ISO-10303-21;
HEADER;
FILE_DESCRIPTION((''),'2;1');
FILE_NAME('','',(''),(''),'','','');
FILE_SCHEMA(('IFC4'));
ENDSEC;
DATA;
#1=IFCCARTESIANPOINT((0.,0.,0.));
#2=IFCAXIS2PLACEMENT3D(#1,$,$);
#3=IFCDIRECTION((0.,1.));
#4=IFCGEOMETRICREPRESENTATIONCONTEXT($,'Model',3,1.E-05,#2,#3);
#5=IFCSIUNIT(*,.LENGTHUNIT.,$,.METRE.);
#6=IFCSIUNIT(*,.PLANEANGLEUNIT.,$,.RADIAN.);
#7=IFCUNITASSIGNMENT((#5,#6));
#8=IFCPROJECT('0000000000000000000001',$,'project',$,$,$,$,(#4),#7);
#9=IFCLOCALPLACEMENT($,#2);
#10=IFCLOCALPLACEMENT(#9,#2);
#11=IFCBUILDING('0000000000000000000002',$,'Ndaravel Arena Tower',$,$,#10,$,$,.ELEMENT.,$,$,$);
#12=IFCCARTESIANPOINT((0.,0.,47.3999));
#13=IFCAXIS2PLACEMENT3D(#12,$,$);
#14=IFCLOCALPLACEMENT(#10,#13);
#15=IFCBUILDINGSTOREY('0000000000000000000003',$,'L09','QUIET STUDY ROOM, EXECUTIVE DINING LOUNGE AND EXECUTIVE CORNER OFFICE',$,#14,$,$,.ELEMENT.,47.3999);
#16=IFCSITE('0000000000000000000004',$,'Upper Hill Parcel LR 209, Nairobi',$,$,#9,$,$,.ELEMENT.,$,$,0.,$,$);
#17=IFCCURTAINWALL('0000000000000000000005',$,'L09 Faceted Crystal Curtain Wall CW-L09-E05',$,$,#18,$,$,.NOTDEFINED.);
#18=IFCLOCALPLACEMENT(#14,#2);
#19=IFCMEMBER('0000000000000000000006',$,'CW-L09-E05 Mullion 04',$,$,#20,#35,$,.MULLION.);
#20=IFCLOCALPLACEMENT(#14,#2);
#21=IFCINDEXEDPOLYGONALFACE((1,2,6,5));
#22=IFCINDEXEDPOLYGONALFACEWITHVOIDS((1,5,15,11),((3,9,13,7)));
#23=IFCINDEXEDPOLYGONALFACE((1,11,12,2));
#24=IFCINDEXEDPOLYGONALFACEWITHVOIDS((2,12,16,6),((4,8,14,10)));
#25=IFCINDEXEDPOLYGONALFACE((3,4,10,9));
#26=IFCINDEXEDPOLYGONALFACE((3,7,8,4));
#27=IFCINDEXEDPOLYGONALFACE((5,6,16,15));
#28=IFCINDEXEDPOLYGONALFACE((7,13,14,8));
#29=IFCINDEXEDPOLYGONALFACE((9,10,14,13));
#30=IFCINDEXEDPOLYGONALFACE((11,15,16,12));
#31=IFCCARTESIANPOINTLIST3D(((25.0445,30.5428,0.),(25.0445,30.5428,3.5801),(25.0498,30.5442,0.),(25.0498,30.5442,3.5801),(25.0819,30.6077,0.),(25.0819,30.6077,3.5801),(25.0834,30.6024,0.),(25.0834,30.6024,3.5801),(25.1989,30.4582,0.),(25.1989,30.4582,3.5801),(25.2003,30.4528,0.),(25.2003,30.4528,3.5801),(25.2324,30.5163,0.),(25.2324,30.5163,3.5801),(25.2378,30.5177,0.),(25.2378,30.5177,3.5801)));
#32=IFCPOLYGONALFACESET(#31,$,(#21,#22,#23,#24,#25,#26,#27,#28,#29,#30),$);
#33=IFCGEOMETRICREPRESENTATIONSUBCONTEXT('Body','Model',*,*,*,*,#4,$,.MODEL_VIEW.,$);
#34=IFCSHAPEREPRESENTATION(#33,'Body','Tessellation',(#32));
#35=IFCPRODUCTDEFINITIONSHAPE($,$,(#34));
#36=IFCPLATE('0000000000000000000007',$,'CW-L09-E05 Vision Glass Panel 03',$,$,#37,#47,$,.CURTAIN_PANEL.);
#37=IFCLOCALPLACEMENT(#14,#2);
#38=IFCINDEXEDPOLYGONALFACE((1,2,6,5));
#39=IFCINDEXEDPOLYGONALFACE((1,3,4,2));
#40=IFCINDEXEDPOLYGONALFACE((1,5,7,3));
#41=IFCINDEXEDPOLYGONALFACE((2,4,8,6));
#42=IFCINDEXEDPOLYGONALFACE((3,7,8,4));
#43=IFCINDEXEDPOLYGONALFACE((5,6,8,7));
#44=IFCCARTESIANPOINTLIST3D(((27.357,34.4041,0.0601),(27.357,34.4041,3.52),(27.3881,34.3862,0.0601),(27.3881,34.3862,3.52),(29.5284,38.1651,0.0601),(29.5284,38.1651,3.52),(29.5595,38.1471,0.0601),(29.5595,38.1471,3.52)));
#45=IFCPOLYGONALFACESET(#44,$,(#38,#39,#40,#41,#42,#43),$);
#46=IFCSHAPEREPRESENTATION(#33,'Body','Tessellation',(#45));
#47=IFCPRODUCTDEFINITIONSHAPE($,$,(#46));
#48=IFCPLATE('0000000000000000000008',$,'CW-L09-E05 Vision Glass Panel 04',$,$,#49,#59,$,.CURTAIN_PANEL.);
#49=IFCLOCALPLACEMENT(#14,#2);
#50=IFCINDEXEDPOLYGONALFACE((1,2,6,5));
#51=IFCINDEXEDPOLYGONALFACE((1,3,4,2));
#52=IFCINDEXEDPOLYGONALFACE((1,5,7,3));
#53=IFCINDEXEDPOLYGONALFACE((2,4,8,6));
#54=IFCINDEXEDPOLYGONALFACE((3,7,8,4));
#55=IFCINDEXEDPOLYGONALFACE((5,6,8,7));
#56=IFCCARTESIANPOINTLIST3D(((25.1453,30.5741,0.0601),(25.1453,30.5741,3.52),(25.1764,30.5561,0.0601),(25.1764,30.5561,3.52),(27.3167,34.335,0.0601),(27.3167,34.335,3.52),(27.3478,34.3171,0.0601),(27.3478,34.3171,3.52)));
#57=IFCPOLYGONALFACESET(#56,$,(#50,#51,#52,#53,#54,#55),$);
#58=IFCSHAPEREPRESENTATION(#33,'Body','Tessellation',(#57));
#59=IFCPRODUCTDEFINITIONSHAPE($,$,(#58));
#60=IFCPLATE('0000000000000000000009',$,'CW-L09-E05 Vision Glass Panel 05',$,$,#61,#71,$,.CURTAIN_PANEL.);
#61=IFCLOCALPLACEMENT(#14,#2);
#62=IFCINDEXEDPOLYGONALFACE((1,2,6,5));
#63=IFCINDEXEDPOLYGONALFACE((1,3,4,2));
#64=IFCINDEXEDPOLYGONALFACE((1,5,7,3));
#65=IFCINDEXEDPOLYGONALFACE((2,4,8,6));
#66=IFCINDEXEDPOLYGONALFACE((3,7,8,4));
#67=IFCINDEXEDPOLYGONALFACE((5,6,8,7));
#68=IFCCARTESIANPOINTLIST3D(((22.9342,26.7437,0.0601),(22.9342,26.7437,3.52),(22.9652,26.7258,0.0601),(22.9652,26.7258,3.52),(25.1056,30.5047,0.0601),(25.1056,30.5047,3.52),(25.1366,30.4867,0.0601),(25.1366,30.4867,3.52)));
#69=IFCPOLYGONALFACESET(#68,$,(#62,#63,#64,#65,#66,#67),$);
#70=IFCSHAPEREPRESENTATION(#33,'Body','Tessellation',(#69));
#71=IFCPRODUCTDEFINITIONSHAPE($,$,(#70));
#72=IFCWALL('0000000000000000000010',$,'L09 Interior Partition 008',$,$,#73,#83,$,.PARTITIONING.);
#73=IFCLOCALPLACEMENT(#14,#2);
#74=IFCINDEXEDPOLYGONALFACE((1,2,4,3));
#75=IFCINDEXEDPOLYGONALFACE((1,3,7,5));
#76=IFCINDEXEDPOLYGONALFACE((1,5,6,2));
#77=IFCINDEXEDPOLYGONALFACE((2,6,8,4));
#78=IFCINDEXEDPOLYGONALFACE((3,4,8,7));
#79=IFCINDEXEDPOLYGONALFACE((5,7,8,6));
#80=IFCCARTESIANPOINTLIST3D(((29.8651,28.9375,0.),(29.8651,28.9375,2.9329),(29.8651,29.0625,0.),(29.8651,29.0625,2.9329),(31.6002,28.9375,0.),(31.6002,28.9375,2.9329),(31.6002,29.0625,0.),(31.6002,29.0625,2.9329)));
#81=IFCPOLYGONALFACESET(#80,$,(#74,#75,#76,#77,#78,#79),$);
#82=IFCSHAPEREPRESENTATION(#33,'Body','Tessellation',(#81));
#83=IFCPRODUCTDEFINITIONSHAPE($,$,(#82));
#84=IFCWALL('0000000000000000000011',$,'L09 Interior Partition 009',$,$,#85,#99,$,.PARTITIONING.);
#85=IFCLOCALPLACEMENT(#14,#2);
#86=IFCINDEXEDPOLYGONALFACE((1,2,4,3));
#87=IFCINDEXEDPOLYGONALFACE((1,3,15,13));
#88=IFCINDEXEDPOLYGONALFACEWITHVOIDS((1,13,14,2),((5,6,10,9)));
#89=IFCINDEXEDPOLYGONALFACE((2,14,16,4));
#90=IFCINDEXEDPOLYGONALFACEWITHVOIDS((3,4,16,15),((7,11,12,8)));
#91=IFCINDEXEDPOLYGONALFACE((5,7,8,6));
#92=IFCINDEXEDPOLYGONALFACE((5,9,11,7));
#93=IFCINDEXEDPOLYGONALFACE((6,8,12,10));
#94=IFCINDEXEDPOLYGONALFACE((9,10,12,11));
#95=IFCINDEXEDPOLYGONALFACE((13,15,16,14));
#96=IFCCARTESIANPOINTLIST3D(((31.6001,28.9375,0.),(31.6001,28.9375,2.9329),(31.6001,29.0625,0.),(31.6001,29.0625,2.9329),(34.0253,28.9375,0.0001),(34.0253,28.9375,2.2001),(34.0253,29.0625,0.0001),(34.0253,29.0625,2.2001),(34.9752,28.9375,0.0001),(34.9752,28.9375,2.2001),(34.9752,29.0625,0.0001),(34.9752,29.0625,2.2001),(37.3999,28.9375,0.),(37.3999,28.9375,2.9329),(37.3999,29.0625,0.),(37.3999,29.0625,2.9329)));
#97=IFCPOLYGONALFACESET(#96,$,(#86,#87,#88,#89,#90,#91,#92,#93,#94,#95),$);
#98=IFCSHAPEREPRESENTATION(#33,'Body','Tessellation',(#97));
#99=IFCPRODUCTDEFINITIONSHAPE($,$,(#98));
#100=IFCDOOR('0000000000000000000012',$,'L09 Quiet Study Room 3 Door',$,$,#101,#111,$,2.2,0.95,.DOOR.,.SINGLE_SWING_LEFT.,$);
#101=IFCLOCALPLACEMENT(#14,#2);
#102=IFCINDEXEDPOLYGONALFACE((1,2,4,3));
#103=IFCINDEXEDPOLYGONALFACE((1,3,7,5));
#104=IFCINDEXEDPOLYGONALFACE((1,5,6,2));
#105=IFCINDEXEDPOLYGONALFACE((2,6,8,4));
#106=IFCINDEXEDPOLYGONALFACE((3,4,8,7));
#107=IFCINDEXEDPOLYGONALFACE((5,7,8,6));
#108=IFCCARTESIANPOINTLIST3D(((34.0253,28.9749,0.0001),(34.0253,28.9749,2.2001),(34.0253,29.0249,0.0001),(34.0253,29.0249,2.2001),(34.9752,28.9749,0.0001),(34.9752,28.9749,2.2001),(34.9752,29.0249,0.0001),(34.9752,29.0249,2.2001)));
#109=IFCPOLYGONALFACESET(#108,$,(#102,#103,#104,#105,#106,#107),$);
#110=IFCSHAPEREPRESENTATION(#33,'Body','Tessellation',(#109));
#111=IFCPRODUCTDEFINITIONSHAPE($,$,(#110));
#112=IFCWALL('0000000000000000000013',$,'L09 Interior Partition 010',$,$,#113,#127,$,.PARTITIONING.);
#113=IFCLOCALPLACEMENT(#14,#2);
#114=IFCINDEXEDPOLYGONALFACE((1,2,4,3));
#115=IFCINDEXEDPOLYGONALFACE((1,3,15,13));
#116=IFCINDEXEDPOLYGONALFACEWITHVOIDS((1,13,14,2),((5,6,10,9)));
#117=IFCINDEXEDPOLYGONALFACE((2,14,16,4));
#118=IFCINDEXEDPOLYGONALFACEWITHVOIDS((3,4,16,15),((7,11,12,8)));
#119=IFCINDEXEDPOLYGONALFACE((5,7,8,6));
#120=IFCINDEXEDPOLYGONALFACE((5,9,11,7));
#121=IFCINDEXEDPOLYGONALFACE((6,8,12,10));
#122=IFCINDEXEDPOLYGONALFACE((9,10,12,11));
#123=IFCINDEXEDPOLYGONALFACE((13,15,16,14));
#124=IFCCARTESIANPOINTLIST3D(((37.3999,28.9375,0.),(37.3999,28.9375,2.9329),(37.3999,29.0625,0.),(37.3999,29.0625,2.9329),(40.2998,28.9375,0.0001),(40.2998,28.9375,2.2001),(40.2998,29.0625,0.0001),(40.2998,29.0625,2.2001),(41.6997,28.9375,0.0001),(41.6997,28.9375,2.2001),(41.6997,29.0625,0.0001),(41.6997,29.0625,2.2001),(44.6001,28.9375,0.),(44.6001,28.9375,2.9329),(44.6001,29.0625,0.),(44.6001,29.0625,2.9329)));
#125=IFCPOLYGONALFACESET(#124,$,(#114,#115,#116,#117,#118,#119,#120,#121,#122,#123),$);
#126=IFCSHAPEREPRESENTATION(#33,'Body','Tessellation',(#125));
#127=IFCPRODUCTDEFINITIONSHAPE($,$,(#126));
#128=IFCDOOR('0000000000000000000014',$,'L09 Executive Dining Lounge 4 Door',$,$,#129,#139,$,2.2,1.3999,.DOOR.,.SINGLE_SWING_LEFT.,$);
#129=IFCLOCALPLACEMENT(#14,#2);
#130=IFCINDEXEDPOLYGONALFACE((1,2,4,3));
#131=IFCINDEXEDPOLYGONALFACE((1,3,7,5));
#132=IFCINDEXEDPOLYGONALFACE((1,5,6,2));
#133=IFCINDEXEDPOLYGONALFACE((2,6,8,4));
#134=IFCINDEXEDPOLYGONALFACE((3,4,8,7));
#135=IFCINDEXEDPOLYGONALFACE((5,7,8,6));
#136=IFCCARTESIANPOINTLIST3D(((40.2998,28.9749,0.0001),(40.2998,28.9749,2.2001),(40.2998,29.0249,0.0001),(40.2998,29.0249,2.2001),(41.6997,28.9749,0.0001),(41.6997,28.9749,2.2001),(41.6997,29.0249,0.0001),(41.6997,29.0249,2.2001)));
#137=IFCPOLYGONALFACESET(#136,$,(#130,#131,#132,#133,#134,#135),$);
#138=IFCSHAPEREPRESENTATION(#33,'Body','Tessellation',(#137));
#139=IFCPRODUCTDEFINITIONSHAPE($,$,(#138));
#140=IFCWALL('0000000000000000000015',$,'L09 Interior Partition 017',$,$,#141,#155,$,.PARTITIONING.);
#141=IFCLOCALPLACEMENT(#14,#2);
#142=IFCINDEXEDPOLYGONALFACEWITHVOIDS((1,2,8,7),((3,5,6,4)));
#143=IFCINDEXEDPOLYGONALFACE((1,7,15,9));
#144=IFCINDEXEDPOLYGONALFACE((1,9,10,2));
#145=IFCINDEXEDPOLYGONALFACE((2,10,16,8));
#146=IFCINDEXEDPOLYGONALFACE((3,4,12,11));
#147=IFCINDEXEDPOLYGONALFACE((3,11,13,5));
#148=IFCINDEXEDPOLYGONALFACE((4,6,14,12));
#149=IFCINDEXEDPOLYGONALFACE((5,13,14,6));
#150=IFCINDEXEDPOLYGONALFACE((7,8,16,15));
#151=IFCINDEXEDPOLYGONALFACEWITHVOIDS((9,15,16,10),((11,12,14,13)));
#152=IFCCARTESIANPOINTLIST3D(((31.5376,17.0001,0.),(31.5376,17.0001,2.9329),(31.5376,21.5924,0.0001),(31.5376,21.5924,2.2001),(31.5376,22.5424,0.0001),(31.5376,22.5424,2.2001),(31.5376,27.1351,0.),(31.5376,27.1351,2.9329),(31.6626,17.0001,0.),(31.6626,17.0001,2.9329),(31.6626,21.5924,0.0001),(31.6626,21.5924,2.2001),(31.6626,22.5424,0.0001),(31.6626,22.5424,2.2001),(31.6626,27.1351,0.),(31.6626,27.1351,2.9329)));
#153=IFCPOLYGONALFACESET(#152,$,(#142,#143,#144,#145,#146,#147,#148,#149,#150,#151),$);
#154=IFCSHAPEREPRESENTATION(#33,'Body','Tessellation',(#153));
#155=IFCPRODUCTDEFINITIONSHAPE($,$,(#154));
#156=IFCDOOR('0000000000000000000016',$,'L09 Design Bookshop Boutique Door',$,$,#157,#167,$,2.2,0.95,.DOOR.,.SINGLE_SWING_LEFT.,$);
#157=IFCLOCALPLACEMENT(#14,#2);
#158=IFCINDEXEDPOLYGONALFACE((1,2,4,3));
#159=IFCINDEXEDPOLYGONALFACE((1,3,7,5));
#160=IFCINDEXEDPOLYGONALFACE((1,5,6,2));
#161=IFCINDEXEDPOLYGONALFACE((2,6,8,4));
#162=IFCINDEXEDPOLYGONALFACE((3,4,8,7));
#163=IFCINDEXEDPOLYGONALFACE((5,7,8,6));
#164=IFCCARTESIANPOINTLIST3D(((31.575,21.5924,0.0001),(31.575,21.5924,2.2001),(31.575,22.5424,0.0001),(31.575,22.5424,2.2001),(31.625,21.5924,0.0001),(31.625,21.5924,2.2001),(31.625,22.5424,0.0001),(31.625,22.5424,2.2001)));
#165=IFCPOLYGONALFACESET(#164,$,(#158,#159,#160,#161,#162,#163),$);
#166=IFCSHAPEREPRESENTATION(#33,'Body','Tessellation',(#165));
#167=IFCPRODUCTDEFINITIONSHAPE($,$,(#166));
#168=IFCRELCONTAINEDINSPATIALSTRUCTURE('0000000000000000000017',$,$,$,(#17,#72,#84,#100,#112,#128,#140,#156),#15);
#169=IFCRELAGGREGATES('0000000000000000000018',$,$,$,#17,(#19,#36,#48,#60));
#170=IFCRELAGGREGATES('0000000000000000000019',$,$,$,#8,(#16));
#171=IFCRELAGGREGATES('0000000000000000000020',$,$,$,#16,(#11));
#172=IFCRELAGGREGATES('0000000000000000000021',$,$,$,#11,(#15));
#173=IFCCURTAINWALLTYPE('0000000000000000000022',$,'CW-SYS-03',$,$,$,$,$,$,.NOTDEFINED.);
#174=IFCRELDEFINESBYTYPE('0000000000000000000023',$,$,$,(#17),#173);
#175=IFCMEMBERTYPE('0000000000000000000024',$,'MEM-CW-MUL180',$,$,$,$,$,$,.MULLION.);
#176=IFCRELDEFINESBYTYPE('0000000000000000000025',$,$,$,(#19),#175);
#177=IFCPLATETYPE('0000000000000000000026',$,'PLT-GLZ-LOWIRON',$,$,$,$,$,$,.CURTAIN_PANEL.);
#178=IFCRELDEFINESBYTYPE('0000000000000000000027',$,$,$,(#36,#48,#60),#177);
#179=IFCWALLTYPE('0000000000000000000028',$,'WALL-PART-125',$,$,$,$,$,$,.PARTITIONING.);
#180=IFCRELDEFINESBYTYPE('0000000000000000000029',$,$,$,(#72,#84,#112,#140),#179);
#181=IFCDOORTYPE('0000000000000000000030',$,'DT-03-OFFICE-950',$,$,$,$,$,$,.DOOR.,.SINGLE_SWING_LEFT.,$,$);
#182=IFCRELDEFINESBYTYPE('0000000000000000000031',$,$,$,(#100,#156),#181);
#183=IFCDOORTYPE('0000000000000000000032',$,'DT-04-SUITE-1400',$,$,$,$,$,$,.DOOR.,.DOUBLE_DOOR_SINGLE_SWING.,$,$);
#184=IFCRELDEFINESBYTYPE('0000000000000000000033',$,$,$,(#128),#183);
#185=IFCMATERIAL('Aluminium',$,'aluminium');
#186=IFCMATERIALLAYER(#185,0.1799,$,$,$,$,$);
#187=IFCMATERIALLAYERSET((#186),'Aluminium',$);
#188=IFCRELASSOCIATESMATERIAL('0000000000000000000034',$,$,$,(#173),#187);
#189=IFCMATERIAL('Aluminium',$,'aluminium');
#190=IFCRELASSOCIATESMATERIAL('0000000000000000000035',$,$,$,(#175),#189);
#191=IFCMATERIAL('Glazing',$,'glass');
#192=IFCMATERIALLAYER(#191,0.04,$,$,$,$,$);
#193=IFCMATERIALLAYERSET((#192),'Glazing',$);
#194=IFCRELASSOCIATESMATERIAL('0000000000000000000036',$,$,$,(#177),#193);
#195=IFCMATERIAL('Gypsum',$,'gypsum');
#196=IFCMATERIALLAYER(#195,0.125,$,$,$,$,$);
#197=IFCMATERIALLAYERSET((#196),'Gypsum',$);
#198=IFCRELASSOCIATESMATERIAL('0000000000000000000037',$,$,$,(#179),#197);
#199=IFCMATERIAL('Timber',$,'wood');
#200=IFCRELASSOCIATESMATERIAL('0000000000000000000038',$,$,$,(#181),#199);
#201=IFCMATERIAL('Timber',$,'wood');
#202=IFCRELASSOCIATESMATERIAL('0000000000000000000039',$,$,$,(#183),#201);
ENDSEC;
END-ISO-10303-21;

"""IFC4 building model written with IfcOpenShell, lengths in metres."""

from ifc_helpers import new_model, si_unit, direction, frame, frame_2d, origin, origin_2d, place, context, subcontext, project, spatial, rectangle, hollow_rectangle, extrude, material, layer, layer_set, material_profile, profile_set, type_object, element, fill, aggregate, save


model = new_model("IFC4")

# Units and contexts
model_context = context("Model", 3, precision=1e-05, world=origin(), true_north=direction((0.0, 1.0)))
body_context = subcontext(model_context, "Body", "Model", "MODEL_VIEW")
ifc_project = project(units=[si_unit("LENGTHUNIT", "METRE"), si_unit("PLANEANGLEUNIT", "RADIAN")], contexts=[model_context])

# Site, building, storey
site_placement = place(None, origin())
site = spatial("IfcSite", under=ifc_project, at=site_placement, Name="Upper Hill Parcel LR 209, Nairobi", CompositionType="ELEMENT", RefElevation=0.0)
building_placement = place(site_placement, origin())
building = spatial("IfcBuilding", under=site, at=building_placement, Name="Ndaravel Arena Tower", CompositionType="ELEMENT")
storey_placement = place(building_placement, frame((0.0, 0.0, 47.3999)))
storey = spatial("IfcBuildingStorey", under=building, at=storey_placement, Name="L09", Description="QUIET STUDY ROOM, EXECUTIVE DINING LOUNGE AND EXECUTIVE CORNER OFFICE", CompositionType="ELEMENT", Elevation=47.3999)

# Curtain wall, member, plates
ifc_material_1 = material(Name="Aluminium", Category="aluminium")
ifc_layer_1 = layer(ifc_material_1, 0.1799)
ifc_layer_set_1 = layer_set([ifc_layer_1], Name="Aluminium")
curtain_wall_type = type_object("IfcCurtainWallType", Name="CW-SYS-03", PredefinedType="NOTDEFINED", material=ifc_layer_set_1)
curtain_wall_placement = place(storey_placement, origin())
curtain_wall = element("IfcCurtainWall", 1, at=curtain_wall_placement, inside=storey, type_object=curtain_wall_type, Name="L09 Faceted Crystal Curtain Wall CW-L09-E05", PredefinedType="NOTDEFINED")
ifc_material_2 = material(Name="Aluminium", Category="aluminium")
ifc_material_profile_1 = material_profile(ifc_material_2, hollow_rectangle(XDim=0.075, YDim=0.1799, WallThickness=0.0039, at=origin_2d()), Name="CW MULLION 75x180x4")
ifc_profile_set_1 = profile_set([ifc_material_profile_1], Name="Aluminium")
member_type = type_object("IfcMemberType", Name="MEM-CW-MUL180", PredefinedType="MULLION", material=ifc_profile_set_1)
member_1_placement = place(storey_placement, frame((25.1411, 30.5303, 0.0), z_axis=(0.0, 0.0, 1.0), x_axis=(-0.5, -0.866025, 0.0)))
member_1 = element("IfcMember", 2, at=member_1_placement, type_object=member_type, Name="CW-L09-E05 Mullion 04", PredefinedType="MULLION", context=body_context, shape_type="SweptSolid", body=[
    extrude(hollow_rectangle(XDim=0.075, YDim=0.1799, WallThickness=0.0039, at=origin_2d()), origin(), (0.0, 0.0, 1.0), 3.5801),
])
ifc_material_3 = material(Name="Glazing", Category="glass")
ifc_layer_2 = layer(ifc_material_3, 0.04)
ifc_layer_set_2 = layer_set([ifc_layer_2], Name="Glazing")
plate_type = type_object("IfcPlateType", Name="PLT-GLZ-LOWIRON", PredefinedType="CURTAIN_PANEL", material=ifc_layer_set_2)
plate_1_placement = place(storey_placement, frame((28.4583, 36.2756, 0.0601), z_axis=(0.0, 0.0, 1.0), x_axis=(-0.5, -0.866025, 0.0)))
plate_1 = element("IfcPlate", 3, at=plate_1_placement, type_object=plate_type, Name="CW-L09-E05 Vision Glass Panel 03", PredefinedType="CURTAIN_PANEL", context=body_context, shape_type="SweptSolid", body=[
    extrude(rectangle(XDim=4.3428, YDim=0.0359, at=origin_2d()), origin(), (0.0, 0.0, 1.0), 3.46),
])
plate_2_placement = place(storey_placement, frame((26.2466, 32.4456, 0.0601), z_axis=(0.0, 0.0, 1.0), x_axis=(-0.5, -0.866025, 0.0)))
plate_2 = element("IfcPlate", 4, at=plate_2_placement, type_object=plate_type, Name="CW-L09-E05 Vision Glass Panel 04", PredefinedType="CURTAIN_PANEL", context=body_context, shape_type="SweptSolid", body=[
    extrude(rectangle(XDim=4.3428, YDim=0.0359, at=origin_2d()), origin(), (0.0, 0.0, 1.0), 3.46),
])
plate_3_placement = place(storey_placement, frame((24.0354, 28.6152, 0.0601), z_axis=(0.0, 0.0, 1.0), x_axis=(-0.5, -0.866025, 0.0)))
plate_3 = element("IfcPlate", 5, at=plate_3_placement, type_object=plate_type, Name="CW-L09-E05 Vision Glass Panel 05", PredefinedType="CURTAIN_PANEL", context=body_context, shape_type="SweptSolid", body=[
    extrude(rectangle(XDim=4.3428, YDim=0.0359, at=origin_2d()), origin(), (0.0, 0.0, 1.0), 3.46),
])
aggregate(curtain_wall, [member_1, plate_1, plate_2, plate_3])

# Wall
ifc_material_4 = material(Name="Gypsum", Category="gypsum")
ifc_layer_3 = layer(ifc_material_4, 0.125)
ifc_layer_set_3 = layer_set([ifc_layer_3], Name="Gypsum")
wall_type_1 = type_object("IfcWallType", Name="WALL-PART-125", PredefinedType="PARTITIONING", material=ifc_layer_set_3)
wall_1_placement = place(storey_placement, frame((29.865, 29.0, 0.0), z_axis=(0.0, 0.0, 1.0), x_axis=(1.0, 0.0, 0.0)))
element("IfcWall", 6, at=wall_1_placement, inside=storey, type_object=wall_type_1, Name="L09 Interior Partition 008", PredefinedType="PARTITIONING", context=body_context, shape_type="SweptSolid", body=[
    extrude(rectangle(XDim=1.7351, YDim=0.125, at=frame_2d((0.8677, 0.0))), origin(), (0.0, 0.0, 1.0), 2.9329),
])

# Walls, openings, doors
wall_2_placement = place(storey_placement, frame((31.6001, 29.0, 0.0), z_axis=(0.0, 0.0, 1.0), x_axis=(1.0, 0.0, 0.0)))
wall_2 = element("IfcWall", 7, at=wall_2_placement, inside=storey, type_object=wall_type_1, Name="L09 Interior Partition 009", PredefinedType="PARTITIONING", context=body_context, shape_type="SweptSolid", body=[
    extrude(rectangle(XDim=5.7998, YDim=0.125, at=frame_2d((2.8999, 0.0))), origin(), (0.0, 0.0, 1.0), 2.9329),
])
opening_1_placement = place(wall_2_placement, frame((2.425, 0.0, 0.0)))
opening_1 = element("IfcOpeningElement", 8, at=opening_1_placement, cuts=wall_2, PredefinedType="OPENING", context=body_context, shape_type="SweptSolid", body=[
    extrude(rectangle(XDim=0.95, YDim=2.2, at=frame_2d((0.4751, 1.1001))), frame((0.0, 0.0625, 0.0), z_axis=(0.0, -1.0, 0.0), x_axis=(1.0, 0.0, 0.0)), (0.0, 0.0, 1.0), 0.125),
])
ifc_material_5 = material(Name="Timber", Category="wood")
door_type_1 = type_object("IfcDoorType", Name="DT-03-OFFICE-950", OperationType="SINGLE_SWING_LEFT", PredefinedType="DOOR", material=ifc_material_5)
door_1_placement = place(opening_1_placement, origin())
door_1 = element("IfcDoor", 9, at=door_1_placement, inside=storey, type_object=door_type_1, Name="L09 Quiet Study Room 3 Door", OperationType="SINGLE_SWING_LEFT", OverallHeight=2.2, OverallWidth=0.95, PredefinedType="DOOR", context=body_context, shape_type="SweptSolid", body=[
    extrude(rectangle(XDim=0.95, YDim=2.2, at=frame_2d((0.4751, 1.1001))), frame((0.0, 0.0249, 0.0), z_axis=(0.0, -1.0, 0.0), x_axis=(1.0, 0.0, 0.0)), (0.0, 0.0, 1.0), 0.05),
])
fill(opening_1, door_1)
wall_3_placement = place(storey_placement, frame((37.3999, 29.0, 0.0), z_axis=(0.0, 0.0, 1.0), x_axis=(1.0, 0.0, 0.0)))
wall_3 = element("IfcWall", 10, at=wall_3_placement, inside=storey, type_object=wall_type_1, Name="L09 Interior Partition 010", PredefinedType="PARTITIONING", context=body_context, shape_type="SweptSolid", body=[
    extrude(rectangle(XDim=7.2002, YDim=0.125, at=frame_2d((3.6001, 0.0))), origin(), (0.0, 0.0, 1.0), 2.9329),
])
opening_2_placement = place(wall_3_placement, frame((2.8999, 0.0, 0.0)))
opening_2 = element("IfcOpeningElement", 11, at=opening_2_placement, cuts=wall_3, PredefinedType="OPENING", context=body_context, shape_type="SweptSolid", body=[
    extrude(rectangle(XDim=1.3999, YDim=2.2, at=frame_2d((0.7, 1.1001))), frame((0.0, 0.0625, 0.0), z_axis=(0.0, -1.0, 0.0), x_axis=(1.0, 0.0, 0.0)), (0.0, 0.0, 1.0), 0.125),
])
ifc_material_6 = material(Name="Timber", Category="wood")
door_type_2 = type_object("IfcDoorType", Name="DT-04-SUITE-1400", OperationType="DOUBLE_DOOR_SINGLE_SWING", PredefinedType="DOOR", material=ifc_material_6)
door_2_placement = place(opening_2_placement, origin())
door_2 = element("IfcDoor", 12, at=door_2_placement, inside=storey, type_object=door_type_2, Name="L09 Executive Dining Lounge 4 Door", OperationType="SINGLE_SWING_LEFT", OverallHeight=2.2, OverallWidth=1.3999, PredefinedType="DOOR", context=body_context, shape_type="SweptSolid", body=[
    extrude(rectangle(XDim=1.3999, YDim=2.2, at=frame_2d((0.7, 1.1001))), frame((0.0, 0.0249, 0.0), z_axis=(0.0, -1.0, 0.0), x_axis=(1.0, 0.0, 0.0)), (0.0, 0.0, 1.0), 0.05),
])
fill(opening_2, door_2)
wall_4_placement = place(storey_placement, frame((31.6001, 27.135, 0.0), z_axis=(0.0, 0.0, 1.0), x_axis=(0.0, -1.0, 0.0)))
wall_4 = element("IfcWall", 13, at=wall_4_placement, inside=storey, type_object=wall_type_1, Name="L09 Interior Partition 017", PredefinedType="PARTITIONING", context=body_context, shape_type="SweptSolid", body=[
    extrude(rectangle(XDim=10.135, YDim=0.125, at=frame_2d((5.0674, 0.0))), origin(), (0.0, 0.0, 1.0), 2.9329),
])
opening_3_placement = place(wall_4_placement, frame((4.5925, 0.0, 0.0)))
opening_3 = element("IfcOpeningElement", 14, at=opening_3_placement, cuts=wall_4, PredefinedType="OPENING", context=body_context, shape_type="SweptSolid", body=[
    extrude(rectangle(XDim=0.95, YDim=2.2, at=frame_2d((0.4751, 1.1001))), frame((0.0, 0.0625, 0.0), z_axis=(0.0, -1.0, 0.0), x_axis=(1.0, 0.0, 0.0)), (0.0, 0.0, 1.0), 0.125),
])
door_3_placement = place(opening_3_placement, origin())
door_3 = element("IfcDoor", 15, at=door_3_placement, inside=storey, type_object=door_type_1, Name="L09 Design Bookshop Boutique Door", OperationType="SINGLE_SWING_LEFT", OverallHeight=2.2, OverallWidth=0.95, PredefinedType="DOOR", context=body_context, shape_type="SweptSolid", body=[
    extrude(rectangle(XDim=0.95, YDim=2.2, at=frame_2d((0.4751, 1.1001))), frame((0.0, 0.0249, 0.0), z_axis=(0.0, -1.0, 0.0), x_axis=(1.0, 0.0, 0.0)), (0.0, 0.0, 1.0), 0.05),
])
fill(opening_3, door_3)

save(model, "model.ifc")
